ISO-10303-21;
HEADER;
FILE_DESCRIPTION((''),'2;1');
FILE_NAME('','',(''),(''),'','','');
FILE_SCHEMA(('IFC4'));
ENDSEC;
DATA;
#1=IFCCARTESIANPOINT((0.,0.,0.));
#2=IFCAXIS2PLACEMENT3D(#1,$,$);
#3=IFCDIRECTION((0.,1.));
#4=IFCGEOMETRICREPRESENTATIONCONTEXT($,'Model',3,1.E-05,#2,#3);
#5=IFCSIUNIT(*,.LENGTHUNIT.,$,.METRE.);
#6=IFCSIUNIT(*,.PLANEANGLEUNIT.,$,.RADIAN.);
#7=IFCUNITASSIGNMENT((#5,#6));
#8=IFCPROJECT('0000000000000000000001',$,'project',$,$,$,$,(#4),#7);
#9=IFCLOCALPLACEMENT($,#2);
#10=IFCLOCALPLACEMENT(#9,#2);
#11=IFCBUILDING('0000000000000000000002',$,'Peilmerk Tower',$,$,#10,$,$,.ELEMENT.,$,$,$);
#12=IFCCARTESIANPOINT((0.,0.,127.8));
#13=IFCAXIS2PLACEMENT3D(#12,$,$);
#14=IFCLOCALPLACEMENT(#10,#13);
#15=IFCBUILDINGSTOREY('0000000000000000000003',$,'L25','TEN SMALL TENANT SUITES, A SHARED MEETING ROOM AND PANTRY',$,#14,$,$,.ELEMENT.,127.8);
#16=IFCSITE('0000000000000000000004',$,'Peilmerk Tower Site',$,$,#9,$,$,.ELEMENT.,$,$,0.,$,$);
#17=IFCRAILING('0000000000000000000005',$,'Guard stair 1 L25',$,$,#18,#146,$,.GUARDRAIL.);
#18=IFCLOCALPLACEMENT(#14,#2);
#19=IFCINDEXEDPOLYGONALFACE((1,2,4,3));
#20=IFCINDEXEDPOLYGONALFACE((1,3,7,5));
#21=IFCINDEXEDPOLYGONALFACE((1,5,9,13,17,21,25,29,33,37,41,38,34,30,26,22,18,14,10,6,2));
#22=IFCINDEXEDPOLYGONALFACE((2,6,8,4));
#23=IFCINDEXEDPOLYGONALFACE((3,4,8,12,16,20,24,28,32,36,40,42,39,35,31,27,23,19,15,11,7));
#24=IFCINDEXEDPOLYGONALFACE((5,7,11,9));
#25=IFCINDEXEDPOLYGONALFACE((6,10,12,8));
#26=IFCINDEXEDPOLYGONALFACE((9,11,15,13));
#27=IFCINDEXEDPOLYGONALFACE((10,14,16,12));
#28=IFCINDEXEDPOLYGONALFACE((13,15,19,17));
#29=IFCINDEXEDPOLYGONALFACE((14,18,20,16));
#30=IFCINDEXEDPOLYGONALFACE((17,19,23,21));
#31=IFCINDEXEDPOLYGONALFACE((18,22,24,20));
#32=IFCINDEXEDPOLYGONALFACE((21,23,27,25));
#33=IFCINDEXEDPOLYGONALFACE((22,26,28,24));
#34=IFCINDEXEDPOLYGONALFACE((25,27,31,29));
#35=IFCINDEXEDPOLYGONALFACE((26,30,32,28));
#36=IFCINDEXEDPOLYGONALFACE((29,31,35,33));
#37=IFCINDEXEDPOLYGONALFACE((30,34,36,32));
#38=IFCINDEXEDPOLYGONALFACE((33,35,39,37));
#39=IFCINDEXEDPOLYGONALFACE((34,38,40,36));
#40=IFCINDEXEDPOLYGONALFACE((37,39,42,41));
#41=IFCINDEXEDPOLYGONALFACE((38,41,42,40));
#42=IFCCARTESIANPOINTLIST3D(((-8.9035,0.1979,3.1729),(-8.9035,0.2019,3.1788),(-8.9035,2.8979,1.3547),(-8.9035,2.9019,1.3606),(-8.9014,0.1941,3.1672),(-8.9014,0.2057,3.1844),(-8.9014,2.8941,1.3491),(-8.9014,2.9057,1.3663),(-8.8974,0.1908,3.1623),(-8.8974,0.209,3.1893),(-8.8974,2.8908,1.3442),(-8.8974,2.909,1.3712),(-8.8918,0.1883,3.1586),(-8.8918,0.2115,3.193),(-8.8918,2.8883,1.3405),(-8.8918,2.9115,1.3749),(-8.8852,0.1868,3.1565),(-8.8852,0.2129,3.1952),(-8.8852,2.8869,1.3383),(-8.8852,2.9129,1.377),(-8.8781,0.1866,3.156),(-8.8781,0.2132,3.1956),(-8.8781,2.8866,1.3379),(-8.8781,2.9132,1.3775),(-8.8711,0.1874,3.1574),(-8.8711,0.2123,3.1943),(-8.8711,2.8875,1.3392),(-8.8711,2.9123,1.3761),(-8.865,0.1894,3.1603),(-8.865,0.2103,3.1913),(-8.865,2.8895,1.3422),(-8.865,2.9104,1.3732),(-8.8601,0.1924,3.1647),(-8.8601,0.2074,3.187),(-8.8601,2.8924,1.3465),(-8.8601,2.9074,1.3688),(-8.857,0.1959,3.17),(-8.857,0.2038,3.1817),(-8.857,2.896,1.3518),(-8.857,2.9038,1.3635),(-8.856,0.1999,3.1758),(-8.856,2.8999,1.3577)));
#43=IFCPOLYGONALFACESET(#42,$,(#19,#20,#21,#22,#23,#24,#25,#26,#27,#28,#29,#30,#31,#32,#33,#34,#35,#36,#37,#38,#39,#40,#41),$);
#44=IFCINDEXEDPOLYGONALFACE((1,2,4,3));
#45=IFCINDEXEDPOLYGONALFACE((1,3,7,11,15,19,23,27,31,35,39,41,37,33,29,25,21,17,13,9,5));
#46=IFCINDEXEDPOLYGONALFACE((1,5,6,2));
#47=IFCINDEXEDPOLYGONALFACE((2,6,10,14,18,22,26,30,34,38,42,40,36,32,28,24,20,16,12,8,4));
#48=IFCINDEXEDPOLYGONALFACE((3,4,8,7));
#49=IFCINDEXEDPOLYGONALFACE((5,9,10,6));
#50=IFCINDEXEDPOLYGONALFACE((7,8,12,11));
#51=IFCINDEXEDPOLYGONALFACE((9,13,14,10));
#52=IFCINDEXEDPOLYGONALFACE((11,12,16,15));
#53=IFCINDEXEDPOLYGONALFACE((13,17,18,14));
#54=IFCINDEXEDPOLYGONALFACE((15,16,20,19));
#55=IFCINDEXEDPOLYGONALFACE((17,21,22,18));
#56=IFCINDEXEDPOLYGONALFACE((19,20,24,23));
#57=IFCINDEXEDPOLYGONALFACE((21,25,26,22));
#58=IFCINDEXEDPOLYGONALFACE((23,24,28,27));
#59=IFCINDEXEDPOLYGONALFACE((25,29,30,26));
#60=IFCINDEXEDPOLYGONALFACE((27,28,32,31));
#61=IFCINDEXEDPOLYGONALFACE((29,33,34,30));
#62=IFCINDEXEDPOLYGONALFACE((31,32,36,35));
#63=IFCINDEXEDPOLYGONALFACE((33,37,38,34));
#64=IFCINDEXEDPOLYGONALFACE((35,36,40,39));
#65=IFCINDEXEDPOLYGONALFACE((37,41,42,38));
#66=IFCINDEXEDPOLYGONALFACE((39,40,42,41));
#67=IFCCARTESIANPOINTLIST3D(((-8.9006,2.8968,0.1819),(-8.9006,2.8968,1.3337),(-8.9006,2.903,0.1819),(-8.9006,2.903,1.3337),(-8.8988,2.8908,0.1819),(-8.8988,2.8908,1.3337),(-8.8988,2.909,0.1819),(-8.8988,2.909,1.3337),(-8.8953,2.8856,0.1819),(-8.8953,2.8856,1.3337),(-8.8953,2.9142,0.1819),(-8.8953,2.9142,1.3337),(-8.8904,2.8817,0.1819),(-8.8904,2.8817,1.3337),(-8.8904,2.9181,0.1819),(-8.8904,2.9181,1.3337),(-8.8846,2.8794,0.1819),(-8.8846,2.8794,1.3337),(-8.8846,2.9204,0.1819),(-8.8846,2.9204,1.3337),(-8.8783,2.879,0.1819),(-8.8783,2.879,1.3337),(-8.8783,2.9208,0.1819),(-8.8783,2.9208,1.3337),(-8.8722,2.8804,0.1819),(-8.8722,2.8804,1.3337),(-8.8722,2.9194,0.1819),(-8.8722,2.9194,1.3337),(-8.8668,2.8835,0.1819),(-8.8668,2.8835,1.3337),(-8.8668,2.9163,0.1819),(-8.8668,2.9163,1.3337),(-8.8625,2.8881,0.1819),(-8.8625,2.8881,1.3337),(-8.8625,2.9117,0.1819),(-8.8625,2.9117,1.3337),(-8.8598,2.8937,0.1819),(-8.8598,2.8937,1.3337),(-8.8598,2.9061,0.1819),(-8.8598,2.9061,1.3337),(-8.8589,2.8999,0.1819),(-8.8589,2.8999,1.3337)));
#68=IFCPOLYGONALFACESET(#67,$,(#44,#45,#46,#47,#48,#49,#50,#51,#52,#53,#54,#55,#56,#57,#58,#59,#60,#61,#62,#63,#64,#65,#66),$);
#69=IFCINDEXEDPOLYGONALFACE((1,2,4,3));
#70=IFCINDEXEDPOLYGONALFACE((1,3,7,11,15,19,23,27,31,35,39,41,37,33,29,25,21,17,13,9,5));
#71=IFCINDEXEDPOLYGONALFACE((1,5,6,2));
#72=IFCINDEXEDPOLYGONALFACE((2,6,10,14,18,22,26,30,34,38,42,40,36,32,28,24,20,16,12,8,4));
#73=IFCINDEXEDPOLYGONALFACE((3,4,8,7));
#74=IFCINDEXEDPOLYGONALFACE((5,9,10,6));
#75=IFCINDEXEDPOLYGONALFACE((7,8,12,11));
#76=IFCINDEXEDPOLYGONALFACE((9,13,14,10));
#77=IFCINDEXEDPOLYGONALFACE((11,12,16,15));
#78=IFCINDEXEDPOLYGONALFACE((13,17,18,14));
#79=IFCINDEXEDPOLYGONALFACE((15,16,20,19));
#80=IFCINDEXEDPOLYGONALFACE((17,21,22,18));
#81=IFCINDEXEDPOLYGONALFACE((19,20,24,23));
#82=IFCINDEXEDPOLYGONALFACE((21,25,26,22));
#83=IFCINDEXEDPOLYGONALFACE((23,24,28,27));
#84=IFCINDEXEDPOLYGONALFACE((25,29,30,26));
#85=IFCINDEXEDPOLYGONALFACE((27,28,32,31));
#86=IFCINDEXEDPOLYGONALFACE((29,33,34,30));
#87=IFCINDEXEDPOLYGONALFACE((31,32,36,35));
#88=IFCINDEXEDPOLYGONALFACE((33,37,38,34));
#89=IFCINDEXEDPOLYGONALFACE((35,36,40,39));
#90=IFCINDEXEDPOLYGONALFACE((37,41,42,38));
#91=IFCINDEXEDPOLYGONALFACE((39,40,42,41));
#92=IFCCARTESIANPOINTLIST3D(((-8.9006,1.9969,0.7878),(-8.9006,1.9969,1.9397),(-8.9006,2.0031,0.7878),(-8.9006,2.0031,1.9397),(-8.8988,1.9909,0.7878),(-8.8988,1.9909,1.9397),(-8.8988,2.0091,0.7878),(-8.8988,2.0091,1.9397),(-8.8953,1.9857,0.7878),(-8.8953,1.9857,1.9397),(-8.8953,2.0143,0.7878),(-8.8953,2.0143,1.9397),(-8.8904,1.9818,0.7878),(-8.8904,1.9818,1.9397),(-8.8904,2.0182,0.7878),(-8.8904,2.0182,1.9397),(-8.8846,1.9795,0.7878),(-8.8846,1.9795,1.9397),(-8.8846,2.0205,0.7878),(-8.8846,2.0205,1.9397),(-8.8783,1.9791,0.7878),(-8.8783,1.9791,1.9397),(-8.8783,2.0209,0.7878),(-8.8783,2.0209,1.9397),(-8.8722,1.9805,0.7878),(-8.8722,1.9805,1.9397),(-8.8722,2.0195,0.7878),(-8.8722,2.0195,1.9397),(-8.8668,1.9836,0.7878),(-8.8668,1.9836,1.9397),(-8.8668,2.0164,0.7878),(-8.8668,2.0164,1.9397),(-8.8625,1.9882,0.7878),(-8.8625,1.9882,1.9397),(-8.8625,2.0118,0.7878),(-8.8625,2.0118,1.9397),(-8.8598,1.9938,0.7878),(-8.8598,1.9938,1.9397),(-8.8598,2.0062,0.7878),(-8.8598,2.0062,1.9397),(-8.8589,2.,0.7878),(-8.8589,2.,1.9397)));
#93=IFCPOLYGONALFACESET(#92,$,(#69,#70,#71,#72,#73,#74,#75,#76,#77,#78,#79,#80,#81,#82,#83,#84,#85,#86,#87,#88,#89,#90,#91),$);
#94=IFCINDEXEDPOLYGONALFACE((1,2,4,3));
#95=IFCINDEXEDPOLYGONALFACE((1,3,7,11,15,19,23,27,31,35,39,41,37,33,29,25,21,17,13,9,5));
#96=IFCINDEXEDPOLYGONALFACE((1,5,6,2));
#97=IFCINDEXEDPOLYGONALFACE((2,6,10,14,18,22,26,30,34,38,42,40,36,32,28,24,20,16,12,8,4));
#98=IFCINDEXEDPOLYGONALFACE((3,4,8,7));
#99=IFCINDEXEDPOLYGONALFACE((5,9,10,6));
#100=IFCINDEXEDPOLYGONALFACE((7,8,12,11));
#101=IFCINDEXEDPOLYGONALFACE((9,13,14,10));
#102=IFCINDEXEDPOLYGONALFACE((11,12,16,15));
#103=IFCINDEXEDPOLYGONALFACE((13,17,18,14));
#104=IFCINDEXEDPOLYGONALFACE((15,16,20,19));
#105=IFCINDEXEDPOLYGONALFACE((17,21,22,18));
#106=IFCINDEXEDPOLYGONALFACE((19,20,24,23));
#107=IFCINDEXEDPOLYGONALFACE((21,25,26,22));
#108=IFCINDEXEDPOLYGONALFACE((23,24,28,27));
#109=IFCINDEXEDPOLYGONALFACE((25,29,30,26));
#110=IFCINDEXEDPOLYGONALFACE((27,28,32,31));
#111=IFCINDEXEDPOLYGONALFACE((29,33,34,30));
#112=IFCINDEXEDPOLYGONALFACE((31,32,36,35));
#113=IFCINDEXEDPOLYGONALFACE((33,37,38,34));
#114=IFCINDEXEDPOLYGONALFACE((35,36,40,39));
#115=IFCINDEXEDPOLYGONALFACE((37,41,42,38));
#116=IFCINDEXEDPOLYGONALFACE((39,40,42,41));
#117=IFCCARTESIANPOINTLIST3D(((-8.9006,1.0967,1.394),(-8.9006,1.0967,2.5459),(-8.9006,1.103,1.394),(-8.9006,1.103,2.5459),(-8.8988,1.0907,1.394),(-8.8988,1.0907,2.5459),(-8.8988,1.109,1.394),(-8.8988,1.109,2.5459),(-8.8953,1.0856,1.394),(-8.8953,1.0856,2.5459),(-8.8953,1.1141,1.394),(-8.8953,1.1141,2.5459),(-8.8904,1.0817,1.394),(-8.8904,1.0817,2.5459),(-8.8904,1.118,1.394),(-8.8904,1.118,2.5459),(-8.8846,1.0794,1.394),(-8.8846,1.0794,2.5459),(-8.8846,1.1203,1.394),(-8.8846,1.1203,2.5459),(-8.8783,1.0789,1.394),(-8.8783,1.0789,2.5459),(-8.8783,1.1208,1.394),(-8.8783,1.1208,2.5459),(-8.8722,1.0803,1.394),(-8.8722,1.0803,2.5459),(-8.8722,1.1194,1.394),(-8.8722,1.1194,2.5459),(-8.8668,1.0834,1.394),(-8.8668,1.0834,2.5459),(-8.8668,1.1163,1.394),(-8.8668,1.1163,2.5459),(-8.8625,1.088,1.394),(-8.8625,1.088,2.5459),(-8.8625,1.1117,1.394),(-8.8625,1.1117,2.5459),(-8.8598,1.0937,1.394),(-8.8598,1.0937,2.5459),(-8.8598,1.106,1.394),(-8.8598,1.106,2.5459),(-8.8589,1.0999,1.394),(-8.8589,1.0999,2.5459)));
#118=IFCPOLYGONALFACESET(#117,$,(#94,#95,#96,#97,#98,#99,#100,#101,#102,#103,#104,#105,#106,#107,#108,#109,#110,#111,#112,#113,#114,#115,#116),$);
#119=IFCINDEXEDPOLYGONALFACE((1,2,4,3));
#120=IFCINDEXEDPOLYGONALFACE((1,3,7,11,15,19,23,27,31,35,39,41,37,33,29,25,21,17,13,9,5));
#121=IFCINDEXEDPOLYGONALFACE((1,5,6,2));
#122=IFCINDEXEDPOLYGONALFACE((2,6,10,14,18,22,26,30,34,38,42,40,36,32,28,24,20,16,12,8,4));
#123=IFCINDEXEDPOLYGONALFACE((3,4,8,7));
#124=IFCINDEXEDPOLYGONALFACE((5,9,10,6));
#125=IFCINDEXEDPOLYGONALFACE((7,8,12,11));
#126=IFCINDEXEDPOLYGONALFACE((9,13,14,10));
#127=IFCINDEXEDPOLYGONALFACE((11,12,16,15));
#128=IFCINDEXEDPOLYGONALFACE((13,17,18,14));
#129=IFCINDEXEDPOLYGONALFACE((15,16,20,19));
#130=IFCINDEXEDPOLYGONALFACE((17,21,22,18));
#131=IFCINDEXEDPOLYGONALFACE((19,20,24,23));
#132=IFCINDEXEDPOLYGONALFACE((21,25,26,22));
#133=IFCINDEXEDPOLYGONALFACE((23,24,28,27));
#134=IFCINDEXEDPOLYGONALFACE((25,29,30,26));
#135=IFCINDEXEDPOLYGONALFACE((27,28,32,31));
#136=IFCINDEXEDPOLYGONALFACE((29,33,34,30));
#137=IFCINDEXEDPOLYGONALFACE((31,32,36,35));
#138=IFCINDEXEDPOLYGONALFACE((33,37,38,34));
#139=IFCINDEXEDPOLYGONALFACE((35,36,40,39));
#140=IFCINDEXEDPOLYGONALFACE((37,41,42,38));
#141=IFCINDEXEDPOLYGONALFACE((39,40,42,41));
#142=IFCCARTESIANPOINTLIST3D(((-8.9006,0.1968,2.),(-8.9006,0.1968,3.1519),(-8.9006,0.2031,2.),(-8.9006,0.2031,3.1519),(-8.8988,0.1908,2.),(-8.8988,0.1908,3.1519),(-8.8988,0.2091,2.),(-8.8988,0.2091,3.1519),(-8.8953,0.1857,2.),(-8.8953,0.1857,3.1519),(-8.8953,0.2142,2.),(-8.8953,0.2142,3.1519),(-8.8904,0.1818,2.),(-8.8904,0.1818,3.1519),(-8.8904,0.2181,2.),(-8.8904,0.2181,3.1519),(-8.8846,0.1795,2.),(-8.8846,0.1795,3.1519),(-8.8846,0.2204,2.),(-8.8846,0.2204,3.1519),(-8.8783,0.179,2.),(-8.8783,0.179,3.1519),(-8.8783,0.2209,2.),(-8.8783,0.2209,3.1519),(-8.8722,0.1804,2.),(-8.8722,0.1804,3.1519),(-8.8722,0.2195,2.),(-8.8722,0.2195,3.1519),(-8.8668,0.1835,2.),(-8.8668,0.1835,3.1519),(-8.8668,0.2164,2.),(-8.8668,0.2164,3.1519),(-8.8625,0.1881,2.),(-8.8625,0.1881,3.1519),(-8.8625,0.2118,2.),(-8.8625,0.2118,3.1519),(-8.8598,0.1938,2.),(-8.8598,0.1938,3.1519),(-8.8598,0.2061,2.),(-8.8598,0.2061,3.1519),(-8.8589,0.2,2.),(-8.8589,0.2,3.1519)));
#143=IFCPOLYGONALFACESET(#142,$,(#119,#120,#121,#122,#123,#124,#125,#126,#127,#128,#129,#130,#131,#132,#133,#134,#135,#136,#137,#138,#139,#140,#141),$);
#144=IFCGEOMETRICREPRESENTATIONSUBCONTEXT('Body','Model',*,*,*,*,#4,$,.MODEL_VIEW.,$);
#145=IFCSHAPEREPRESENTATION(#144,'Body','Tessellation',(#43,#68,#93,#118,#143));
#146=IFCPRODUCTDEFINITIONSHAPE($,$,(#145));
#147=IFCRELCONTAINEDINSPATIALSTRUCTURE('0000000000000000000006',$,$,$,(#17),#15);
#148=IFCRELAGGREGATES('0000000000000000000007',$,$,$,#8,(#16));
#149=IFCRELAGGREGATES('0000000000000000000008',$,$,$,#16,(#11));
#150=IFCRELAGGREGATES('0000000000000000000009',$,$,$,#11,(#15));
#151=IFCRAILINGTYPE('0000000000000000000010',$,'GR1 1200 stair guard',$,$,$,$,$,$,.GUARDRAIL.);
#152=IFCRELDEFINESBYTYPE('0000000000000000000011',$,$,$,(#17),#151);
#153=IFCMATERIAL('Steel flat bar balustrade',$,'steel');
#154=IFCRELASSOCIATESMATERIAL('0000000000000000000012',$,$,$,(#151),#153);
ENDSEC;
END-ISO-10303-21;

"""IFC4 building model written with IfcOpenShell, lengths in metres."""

from ifc_helpers import new_model, si_unit, direction, frame, origin, origin_2d, place, context, subcontext, project, spatial, circle, extrude, material, type_object, element, save


model = new_model("IFC4")

# Units and contexts
model_context = context("Model", 3, precision=1e-05, world=origin(), true_north=direction((0.0, 1.0)))
body_context = subcontext(model_context, "Body", "Model", "MODEL_VIEW")
ifc_project = project(units=[si_unit("LENGTHUNIT", "METRE"), si_unit("PLANEANGLEUNIT", "RADIAN")], contexts=[model_context])

# Site, building, storey
site_placement = place(None, origin())
site = spatial("IfcSite", under=ifc_project, at=site_placement, Name="Peilmerk Tower Site", CompositionType="ELEMENT", RefElevation=0.0)
building_placement = place(site_placement, origin())
building = spatial("IfcBuilding", under=site, at=building_placement, Name="Peilmerk Tower", CompositionType="ELEMENT")
storey_placement = place(building_placement, frame((0.0, 0.0, 127.8)))
storey = spatial("IfcBuildingStorey", under=building, at=storey_placement, Name="L25", Description="TEN SMALL TENANT SUITES, A SHARED MEETING ROOM AND PANTRY", CompositionType="ELEMENT", Elevation=127.8)

# Railing
ifc_material_1 = material(Name="Steel flat bar balustrade", Category="steel")
railing_type_1 = type_object("IfcRailingType", Name="GR1 1200 stair guard", PredefinedType="GUARDRAIL", material=ifc_material_1)
railing_1_placement = place(storey_placement, frame((-8.8799, 2.8999, 0.1819)))
element("IfcRailing", 1, at=railing_1_placement, inside=storey, type_object=railing_type_1, Name="Guard stair 1 L25", PredefinedType="GUARDRAIL", context=body_context, shape_type="SweptSolid", body=[
    extrude(circle(Radius=0.0239, at=origin_2d()), frame((0.0, 0.0, 1.1758), z_axis=(0.0, -0.829468, 0.558554), x_axis=(1.0, 0.0, 0.0)), (0.0, 0.0, 1.0), 3.2551),
    extrude(circle(Radius=0.021, at=origin_2d()), origin(), (0.0, 0.0, 1.0), 1.1519),
    extrude(circle(Radius=0.021, at=origin_2d()), frame((0.0, -0.8999, 0.606)), (0.0, 0.0, 1.0), 1.1519),
    extrude(circle(Radius=0.021, at=origin_2d()), frame((0.0, -1.8, 1.2122)), (0.0, 0.0, 1.0), 1.1519),
    extrude(circle(Radius=0.021, at=origin_2d()), frame((0.0, -2.7, 1.8181)), (0.0, 0.0, 1.0), 1.1519),
])

save(model, "model.ifc")
